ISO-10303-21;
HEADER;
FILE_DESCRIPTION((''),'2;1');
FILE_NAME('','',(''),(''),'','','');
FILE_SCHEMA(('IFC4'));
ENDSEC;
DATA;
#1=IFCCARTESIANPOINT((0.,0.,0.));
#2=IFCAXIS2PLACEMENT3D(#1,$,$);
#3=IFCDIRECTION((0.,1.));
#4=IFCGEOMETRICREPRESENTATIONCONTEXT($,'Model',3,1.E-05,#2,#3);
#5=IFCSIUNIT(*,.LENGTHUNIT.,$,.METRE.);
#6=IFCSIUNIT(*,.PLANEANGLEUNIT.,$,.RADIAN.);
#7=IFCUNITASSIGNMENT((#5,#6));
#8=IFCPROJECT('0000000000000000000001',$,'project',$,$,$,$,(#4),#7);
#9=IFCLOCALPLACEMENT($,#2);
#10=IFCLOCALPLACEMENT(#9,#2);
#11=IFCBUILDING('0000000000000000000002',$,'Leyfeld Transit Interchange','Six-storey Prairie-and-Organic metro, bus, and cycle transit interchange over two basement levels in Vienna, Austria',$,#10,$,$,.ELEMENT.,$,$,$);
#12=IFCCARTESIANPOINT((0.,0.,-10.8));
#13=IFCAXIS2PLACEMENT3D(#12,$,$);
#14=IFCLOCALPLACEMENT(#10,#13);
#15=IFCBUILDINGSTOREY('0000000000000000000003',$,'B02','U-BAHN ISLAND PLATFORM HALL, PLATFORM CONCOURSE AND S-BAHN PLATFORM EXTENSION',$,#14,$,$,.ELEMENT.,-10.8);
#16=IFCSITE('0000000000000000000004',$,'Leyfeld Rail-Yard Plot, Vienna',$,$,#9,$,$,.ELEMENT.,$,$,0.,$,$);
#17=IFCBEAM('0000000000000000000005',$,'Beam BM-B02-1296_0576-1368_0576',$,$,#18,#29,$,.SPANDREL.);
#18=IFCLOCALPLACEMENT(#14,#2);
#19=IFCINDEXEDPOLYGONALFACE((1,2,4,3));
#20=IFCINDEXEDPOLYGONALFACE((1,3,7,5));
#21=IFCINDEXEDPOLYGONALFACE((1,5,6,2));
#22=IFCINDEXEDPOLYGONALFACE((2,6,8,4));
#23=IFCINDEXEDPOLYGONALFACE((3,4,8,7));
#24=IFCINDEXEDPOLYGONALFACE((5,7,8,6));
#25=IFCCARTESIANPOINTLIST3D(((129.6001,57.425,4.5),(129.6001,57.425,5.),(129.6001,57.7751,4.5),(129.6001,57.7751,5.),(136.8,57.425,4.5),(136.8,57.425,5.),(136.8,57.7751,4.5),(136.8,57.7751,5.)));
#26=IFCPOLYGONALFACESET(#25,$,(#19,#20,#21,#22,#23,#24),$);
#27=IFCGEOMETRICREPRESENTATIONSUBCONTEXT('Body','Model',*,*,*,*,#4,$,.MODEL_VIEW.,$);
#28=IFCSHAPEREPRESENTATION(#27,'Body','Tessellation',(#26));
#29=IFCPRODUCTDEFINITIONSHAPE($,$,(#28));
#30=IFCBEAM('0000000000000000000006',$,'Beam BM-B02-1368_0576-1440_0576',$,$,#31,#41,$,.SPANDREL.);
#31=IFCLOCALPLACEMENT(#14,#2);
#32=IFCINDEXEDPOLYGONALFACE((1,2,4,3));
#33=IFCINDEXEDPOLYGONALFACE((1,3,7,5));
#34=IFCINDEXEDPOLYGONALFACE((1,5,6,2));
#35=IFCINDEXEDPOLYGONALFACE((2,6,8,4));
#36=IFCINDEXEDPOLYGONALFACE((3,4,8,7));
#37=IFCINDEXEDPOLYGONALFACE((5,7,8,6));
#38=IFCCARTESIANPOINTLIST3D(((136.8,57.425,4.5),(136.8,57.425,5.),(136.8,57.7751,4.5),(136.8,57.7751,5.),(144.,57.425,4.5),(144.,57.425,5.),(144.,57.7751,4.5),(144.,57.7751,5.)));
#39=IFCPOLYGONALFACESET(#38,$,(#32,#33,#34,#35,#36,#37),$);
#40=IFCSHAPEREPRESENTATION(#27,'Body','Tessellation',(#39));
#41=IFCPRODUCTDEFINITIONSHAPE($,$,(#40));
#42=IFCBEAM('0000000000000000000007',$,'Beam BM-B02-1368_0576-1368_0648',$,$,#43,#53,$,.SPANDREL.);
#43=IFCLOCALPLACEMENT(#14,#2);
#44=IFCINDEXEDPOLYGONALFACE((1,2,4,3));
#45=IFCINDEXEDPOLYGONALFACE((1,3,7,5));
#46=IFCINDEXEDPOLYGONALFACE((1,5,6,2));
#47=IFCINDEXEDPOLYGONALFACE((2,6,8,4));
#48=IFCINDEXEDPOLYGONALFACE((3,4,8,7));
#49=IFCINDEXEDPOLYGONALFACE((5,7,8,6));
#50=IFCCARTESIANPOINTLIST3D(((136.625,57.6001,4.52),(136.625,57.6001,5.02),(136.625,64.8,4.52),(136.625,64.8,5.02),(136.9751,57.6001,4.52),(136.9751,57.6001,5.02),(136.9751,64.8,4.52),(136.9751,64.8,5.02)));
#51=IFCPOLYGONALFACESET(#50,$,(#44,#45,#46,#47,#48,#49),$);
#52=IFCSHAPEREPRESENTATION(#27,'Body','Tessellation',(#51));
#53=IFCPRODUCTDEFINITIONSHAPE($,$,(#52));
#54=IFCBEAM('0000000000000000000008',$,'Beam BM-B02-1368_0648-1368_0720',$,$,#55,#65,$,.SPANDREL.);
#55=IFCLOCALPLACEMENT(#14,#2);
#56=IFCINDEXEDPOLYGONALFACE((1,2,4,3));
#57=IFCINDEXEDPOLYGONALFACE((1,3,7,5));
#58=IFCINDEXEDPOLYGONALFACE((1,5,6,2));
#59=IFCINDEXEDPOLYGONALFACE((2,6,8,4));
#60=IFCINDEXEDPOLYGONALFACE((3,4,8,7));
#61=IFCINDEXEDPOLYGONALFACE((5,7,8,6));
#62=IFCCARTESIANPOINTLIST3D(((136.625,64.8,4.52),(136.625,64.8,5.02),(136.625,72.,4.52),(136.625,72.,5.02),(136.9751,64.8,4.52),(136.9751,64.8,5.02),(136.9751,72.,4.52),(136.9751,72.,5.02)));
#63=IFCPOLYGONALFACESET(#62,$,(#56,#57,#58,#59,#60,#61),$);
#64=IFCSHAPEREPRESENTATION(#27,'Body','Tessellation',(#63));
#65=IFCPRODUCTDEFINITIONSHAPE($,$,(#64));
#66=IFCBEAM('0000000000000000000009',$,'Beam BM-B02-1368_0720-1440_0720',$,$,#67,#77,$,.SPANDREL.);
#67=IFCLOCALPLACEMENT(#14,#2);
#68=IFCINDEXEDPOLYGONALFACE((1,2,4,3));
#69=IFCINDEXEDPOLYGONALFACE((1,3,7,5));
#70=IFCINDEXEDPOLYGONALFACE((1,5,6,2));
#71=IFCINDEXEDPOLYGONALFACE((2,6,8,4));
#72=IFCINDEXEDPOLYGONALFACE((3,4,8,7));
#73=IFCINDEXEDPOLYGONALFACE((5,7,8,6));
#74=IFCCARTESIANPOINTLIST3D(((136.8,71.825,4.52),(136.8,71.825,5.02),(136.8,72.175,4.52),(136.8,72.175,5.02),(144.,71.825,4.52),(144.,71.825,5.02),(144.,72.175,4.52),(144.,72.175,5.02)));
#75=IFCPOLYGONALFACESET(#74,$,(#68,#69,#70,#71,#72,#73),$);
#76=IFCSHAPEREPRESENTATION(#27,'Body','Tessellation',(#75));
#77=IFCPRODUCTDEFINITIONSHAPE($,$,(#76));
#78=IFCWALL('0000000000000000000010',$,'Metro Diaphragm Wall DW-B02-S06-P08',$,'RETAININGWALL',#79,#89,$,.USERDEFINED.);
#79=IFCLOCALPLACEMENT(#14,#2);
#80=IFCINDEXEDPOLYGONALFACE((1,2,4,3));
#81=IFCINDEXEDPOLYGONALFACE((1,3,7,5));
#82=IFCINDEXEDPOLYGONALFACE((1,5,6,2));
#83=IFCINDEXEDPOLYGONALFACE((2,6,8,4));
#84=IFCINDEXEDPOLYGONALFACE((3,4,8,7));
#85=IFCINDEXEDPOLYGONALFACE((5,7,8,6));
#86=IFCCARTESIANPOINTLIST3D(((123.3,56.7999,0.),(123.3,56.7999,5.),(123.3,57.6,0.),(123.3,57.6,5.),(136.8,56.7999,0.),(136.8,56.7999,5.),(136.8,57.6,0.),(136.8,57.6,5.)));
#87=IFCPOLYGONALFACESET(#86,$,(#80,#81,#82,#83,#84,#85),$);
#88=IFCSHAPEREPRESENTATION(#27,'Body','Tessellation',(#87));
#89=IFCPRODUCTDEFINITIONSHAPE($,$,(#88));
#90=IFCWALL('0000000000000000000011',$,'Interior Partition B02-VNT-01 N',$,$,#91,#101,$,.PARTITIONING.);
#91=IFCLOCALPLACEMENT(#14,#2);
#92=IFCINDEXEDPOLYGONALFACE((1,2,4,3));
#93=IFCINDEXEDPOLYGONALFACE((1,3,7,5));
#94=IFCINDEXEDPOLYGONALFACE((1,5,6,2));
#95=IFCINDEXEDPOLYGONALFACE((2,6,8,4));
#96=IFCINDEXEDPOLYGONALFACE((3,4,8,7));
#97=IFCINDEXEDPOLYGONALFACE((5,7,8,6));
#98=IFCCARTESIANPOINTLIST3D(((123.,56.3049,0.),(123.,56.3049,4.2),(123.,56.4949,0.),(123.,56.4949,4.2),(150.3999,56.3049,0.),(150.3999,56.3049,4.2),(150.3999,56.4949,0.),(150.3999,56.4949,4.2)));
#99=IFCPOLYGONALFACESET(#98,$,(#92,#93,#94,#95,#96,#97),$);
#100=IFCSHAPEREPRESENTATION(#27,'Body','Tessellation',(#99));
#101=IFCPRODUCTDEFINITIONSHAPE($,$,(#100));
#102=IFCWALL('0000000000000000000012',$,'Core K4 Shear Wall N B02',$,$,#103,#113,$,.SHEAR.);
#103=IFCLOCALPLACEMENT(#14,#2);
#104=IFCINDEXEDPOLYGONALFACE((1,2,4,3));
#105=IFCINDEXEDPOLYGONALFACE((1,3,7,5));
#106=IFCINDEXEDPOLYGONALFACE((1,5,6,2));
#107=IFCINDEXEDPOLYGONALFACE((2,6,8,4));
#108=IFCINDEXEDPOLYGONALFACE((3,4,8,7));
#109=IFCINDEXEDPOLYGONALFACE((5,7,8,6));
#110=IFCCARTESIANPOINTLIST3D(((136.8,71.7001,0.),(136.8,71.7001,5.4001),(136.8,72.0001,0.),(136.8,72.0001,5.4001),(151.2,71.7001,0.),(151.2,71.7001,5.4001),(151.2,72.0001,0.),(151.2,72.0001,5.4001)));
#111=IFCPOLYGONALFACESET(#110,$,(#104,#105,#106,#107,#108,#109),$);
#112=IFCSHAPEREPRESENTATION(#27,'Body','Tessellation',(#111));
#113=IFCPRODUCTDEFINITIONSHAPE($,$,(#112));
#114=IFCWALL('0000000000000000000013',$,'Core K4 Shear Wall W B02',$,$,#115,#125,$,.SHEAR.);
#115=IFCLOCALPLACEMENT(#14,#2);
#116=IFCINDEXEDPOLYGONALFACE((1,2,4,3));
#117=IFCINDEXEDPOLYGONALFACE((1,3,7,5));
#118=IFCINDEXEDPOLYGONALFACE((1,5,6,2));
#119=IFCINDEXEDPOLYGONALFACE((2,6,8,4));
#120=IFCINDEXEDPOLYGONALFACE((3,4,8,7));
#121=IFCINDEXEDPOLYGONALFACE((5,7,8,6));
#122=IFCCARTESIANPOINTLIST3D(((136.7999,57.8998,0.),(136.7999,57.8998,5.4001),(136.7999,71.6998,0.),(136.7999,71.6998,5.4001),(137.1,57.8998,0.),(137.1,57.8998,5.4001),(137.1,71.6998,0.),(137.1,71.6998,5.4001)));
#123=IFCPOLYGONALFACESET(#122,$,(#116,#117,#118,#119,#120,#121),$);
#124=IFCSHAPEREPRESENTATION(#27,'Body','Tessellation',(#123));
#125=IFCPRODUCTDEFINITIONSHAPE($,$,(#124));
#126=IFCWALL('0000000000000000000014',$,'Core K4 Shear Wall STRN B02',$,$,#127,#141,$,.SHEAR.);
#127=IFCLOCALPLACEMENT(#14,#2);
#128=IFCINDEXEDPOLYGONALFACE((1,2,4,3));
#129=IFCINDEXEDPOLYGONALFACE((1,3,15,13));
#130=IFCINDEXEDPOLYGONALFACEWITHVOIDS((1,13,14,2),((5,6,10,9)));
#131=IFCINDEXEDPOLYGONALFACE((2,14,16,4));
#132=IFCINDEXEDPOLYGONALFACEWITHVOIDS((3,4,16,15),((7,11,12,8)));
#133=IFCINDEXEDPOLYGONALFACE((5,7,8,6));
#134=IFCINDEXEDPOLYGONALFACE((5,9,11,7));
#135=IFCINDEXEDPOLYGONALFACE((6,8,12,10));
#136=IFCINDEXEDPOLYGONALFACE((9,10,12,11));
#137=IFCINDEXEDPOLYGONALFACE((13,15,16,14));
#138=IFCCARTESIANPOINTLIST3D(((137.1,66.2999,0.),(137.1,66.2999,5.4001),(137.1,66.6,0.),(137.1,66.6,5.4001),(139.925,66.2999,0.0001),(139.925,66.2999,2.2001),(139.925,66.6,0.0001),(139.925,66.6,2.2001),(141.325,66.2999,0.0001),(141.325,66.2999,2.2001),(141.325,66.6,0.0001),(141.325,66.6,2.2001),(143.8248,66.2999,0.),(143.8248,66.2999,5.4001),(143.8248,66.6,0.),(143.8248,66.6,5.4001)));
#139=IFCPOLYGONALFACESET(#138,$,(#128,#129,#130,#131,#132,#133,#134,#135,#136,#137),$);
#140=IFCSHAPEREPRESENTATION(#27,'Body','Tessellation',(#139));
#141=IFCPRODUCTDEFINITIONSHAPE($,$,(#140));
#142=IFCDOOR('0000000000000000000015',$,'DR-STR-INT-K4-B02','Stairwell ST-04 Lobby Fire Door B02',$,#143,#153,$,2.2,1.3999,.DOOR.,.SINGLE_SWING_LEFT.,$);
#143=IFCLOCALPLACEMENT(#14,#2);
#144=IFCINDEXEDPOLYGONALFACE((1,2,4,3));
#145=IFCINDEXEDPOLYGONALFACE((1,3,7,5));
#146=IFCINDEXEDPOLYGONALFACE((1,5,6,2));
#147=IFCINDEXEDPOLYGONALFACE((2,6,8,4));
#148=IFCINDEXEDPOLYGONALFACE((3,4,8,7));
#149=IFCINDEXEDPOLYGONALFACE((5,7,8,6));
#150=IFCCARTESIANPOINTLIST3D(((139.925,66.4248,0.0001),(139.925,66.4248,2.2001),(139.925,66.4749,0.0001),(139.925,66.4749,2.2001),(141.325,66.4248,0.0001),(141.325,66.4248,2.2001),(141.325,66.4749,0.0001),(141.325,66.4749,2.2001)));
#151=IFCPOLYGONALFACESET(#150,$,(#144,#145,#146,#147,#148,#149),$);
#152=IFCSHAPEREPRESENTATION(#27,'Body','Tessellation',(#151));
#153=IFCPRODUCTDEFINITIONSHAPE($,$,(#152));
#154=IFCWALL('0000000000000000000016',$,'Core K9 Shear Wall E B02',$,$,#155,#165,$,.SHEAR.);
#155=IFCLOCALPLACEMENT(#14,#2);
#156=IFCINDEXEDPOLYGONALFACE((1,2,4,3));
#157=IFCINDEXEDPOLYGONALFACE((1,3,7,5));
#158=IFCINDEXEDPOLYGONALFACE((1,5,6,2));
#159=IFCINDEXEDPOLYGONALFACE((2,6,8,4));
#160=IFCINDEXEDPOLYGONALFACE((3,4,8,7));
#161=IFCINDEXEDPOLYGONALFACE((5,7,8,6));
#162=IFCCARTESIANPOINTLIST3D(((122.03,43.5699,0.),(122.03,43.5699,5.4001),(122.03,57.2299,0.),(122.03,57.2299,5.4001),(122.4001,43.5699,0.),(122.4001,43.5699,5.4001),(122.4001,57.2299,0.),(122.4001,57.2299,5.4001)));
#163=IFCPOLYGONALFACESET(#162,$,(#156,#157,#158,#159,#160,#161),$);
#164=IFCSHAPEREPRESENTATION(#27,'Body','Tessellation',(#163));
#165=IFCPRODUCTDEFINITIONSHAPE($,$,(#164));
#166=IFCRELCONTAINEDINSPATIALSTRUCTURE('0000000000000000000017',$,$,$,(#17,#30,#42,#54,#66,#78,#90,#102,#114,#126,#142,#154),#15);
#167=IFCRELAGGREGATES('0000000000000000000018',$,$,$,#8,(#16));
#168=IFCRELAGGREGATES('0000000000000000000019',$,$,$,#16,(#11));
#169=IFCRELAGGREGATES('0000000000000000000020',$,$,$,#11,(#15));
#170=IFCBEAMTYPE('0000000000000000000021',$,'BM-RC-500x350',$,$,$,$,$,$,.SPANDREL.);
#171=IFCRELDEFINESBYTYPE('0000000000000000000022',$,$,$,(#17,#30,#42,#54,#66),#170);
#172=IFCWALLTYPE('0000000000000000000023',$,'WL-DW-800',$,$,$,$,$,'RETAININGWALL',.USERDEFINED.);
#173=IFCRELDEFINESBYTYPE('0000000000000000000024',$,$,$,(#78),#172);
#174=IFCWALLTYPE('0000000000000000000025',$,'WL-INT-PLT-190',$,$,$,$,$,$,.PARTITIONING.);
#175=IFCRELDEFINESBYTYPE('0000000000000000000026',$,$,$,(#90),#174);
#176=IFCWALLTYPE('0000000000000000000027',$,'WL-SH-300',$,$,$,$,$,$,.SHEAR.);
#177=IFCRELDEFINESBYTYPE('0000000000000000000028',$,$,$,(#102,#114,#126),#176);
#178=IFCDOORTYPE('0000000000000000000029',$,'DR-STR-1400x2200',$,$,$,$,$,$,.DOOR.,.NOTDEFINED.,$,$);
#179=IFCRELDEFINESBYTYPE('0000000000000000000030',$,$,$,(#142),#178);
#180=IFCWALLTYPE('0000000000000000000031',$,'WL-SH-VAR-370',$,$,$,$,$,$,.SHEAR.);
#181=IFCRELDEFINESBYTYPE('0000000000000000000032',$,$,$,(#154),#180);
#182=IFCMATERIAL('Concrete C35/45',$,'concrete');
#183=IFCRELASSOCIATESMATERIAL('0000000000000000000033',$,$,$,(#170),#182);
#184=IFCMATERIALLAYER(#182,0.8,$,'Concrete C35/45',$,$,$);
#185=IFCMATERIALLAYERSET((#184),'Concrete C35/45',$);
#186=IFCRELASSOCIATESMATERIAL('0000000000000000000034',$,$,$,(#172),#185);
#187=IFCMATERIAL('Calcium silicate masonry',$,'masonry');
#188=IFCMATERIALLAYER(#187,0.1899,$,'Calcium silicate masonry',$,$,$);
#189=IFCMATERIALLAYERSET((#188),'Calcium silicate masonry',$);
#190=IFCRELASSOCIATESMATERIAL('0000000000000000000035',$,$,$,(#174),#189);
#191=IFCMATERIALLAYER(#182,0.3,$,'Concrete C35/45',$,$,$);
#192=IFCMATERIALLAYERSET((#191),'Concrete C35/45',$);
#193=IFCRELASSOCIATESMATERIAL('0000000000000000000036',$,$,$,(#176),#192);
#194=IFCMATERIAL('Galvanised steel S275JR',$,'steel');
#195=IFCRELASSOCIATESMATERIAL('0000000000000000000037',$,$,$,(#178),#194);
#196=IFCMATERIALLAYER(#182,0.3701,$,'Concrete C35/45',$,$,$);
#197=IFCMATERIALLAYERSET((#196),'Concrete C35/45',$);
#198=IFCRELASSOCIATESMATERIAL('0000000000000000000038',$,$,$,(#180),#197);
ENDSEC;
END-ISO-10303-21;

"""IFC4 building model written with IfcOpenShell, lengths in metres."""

from ifc_helpers import new_model, si_unit, direction, frame, frame_2d, origin, origin_2d, place, context, subcontext, project, spatial, rectangle, extrude, material, layer, layer_set, material_profile, profile_set, type_object, element, fill, save


model = new_model("IFC4")

# Units and contexts
model_context = context("Model", 3, precision=1e-05, world=origin(), true_north=direction((0.0, 1.0)))
body_context = subcontext(model_context, "Body", "Model", "MODEL_VIEW")
ifc_project = project(units=[si_unit("LENGTHUNIT", "METRE"), si_unit("PLANEANGLEUNIT", "RADIAN")], contexts=[model_context])

# Site, building, storey
site_placement = place(None, origin())
site = spatial("IfcSite", under=ifc_project, at=site_placement, Name="Leyfeld Rail-Yard Plot, Vienna", CompositionType="ELEMENT", RefElevation=0.0)
building_placement = place(site_placement, origin())
building = spatial("IfcBuilding", under=site, at=building_placement, Name="Leyfeld Transit Interchange", Description="Six-storey Prairie-and-Organic metro, bus, and cycle transit interchange over two basement levels in Vienna, Austria", CompositionType="ELEMENT")
storey_placement = place(building_placement, frame((0.0, 0.0, -10.8)))
storey = spatial("IfcBuildingStorey", under=building, at=storey_placement, Name="B02", Description="U-BAHN ISLAND PLATFORM HALL, PLATFORM CONCOURSE AND S-BAHN PLATFORM EXTENSION", CompositionType="ELEMENT", Elevation=-10.8)

# Shared definitions
ifc_material_1 = material(Name="Concrete C35/45", Category="concrete")

# Beams
ifc_material_profile_1 = material_profile(ifc_material_1, rectangle(XDim=0.3501, YDim=0.5, at=origin_2d()), Name="RC 500x350")
ifc_profile_set_1 = profile_set([ifc_material_profile_1], Name="Concrete C35/45")
beam_type_1 = type_object("IfcBeamType", Name="BM-RC-500x350", PredefinedType="SPANDREL", material=ifc_profile_set_1)
for number, where, z_axis, x_axis, name in (
    (1, (129.6001, 57.6001, 4.75), (1.0, 0.0, 0.0), (0.0, 1.0, 0.0), "Beam BM-B02-1296_0576-1368_0576"),
    (2, (136.8, 57.6001, 4.75), (1.0, 0.0, 0.0), (0.0, 1.0, 0.0), "Beam BM-B02-1368_0576-1440_0576"),
    (3, (136.8, 57.6001, 4.77), (0.0, 1.0, 0.0), (-1.0, 0.0, 0.0), "Beam BM-B02-1368_0576-1368_0648"),
    (4, (136.8, 64.8, 4.77), (0.0, 1.0, 0.0), (-1.0, 0.0, 0.0), "Beam BM-B02-1368_0648-1368_0720"),
    (5, (136.8, 72.0, 4.77), (1.0, 0.0, 0.0), (0.0, 1.0, 0.0), "Beam BM-B02-1368_0720-1440_0720"),
):
    element("IfcBeam", number, at=place(storey_placement, frame(where, z_axis=z_axis, x_axis=x_axis)), inside=storey, type_object=beam_type_1, Name=name, PredefinedType="SPANDREL", context=body_context, shape_type="SweptSolid", body=[
        extrude(rectangle(XDim=0.3501, YDim=0.5, at=origin_2d()), origin(), (0.0, 0.0, 1.0), 7.2),
    ])

# Walls
ifc_layer_1 = layer(ifc_material_1, 0.8, Name="Concrete C35/45")
ifc_layer_set_1 = layer_set([ifc_layer_1], Name="Concrete C35/45")
wall_type_1 = type_object("IfcWallType", Name="WL-DW-800", ElementType="RETAININGWALL", PredefinedType="USERDEFINED", material=ifc_layer_set_1)
wall_1_placement = place(storey_placement, frame((123.3, 57.2, 0.0), z_axis=(0.0, 0.0, 1.0), x_axis=(1.0, 0.0, 0.0)))
element("IfcWall", 6, at=wall_1_placement, inside=storey, type_object=wall_type_1, Name="Metro Diaphragm Wall DW-B02-S06-P08", ObjectType="RETAININGWALL", PredefinedType="USERDEFINED", context=body_context, shape_type="SweptSolid", body=[
    extrude(rectangle(XDim=13.5, YDim=0.8, at=frame_2d((6.75, 0.0))), origin(), (0.0, 0.0, 1.0), 5.0),
])
ifc_material_2 = material(Name="Calcium silicate masonry", Category="masonry")
ifc_layer_2 = layer(ifc_material_2, 0.1899, Name="Calcium silicate masonry")
ifc_layer_set_2 = layer_set([ifc_layer_2], Name="Calcium silicate masonry")
wall_type_2 = type_object("IfcWallType", Name="WL-INT-PLT-190", PredefinedType="PARTITIONING", material=ifc_layer_set_2)
wall_2_placement = place(storey_placement, frame((123.0, 56.3999, 0.0), z_axis=(0.0, 0.0, 1.0), x_axis=(1.0, 0.0, 0.0)))
element("IfcWall", 7, at=wall_2_placement, inside=storey, type_object=wall_type_2, Name="Interior Partition B02-VNT-01 N", PredefinedType="PARTITIONING", context=body_context, shape_type="SweptSolid", body=[
    extrude(rectangle(XDim=27.3999, YDim=0.1899, at=frame_2d((13.7, 0.0))), origin(), (0.0, 0.0, 1.0), 4.2),
])
ifc_layer_3 = layer(ifc_material_1, 0.3, Name="Concrete C35/45")
ifc_layer_set_3 = layer_set([ifc_layer_3], Name="Concrete C35/45")
wall_type_3 = type_object("IfcWallType", Name="WL-SH-300", PredefinedType="SHEAR", material=ifc_layer_set_3)
wall_3_placement = place(storey_placement, frame((136.8, 71.8501, 0.0), z_axis=(0.0, 0.0, 1.0), x_axis=(1.0, 0.0, 0.0)))
element("IfcWall", 8, at=wall_3_placement, inside=storey, type_object=wall_type_3, Name="Core K4 Shear Wall N B02", PredefinedType="SHEAR", context=body_context, shape_type="SweptSolid", body=[
    extrude(rectangle(XDim=14.3999, YDim=0.3, at=frame_2d((7.2, 0.0))), origin(), (0.0, 0.0, 1.0), 5.4001),
])
wall_4_placement = place(storey_placement, frame((136.95, 57.8999, 0.0), z_axis=(0.0, 0.0, 1.0), x_axis=(0.0, 1.0, 0.0)))
element("IfcWall", 9, at=wall_4_placement, inside=storey, type_object=wall_type_3, Name="Core K4 Shear Wall W B02", PredefinedType="SHEAR", context=body_context, shape_type="SweptSolid", body=[
    extrude(rectangle(XDim=13.8, YDim=0.3, at=frame_2d((6.8999, 0.0))), origin(), (0.0, 0.0, 1.0), 5.4001),
])

# Wall, opening, door
wall_5_placement = place(storey_placement, frame((137.1001, 66.45, 0.0), z_axis=(0.0, 0.0, 1.0), x_axis=(1.0, 0.0, 0.0)))
wall_5 = element("IfcWall", 10, at=wall_5_placement, inside=storey, type_object=wall_type_3, Name="Core K4 Shear Wall STRN B02", PredefinedType="SHEAR", context=body_context, shape_type="SweptSolid", body=[
    extrude(rectangle(XDim=6.7249, YDim=0.3, at=frame_2d((3.3623, 0.0))), origin(), (0.0, 0.0, 1.0), 5.4001),
])
opening_placement = place(wall_5_placement, frame((2.825, 0.0, 0.0)))
opening = element("IfcOpeningElement", 11, at=opening_placement, cuts=wall_5, PredefinedType="OPENING", context=body_context, shape_type="SweptSolid", body=[
    extrude(rectangle(XDim=1.3999, YDim=2.2, at=frame_2d((0.7, 1.1001))), frame((0.0, 0.1599, 0.0), z_axis=(0.0, -1.0, 0.0), x_axis=(1.0, 0.0, 0.0)), (0.0, 0.0, 1.0), 0.3201),
])
ifc_material_3 = material(Name="Galvanised steel S275JR", Category="steel")
door_type = type_object("IfcDoorType", Name="DR-STR-1400x2200", OperationType="NOTDEFINED", PredefinedType="DOOR", material=ifc_material_3)
door_placement = place(opening_placement, origin())
door = element("IfcDoor", 12, at=door_placement, inside=storey, type_object=door_type, Name="DR-STR-INT-K4-B02", Description="Stairwell ST-04 Lobby Fire Door B02", OperationType="SINGLE_SWING_LEFT", OverallHeight=2.2, OverallWidth=1.3999, PredefinedType="DOOR", context=body_context, shape_type="SweptSolid", body=[
    extrude(rectangle(XDim=1.3999, YDim=2.2, at=frame_2d((0.7, 1.1001))), frame((0.0, 0.0249, 0.0), z_axis=(0.0, -1.0, 0.0), x_axis=(1.0, 0.0, 0.0)), (0.0, 0.0, 1.0), 0.05),
])
fill(opening, door)

# Wall
ifc_layer_4 = layer(ifc_material_1, 0.3701, Name="Concrete C35/45")
ifc_layer_set_4 = layer_set([ifc_layer_4], Name="Concrete C35/45")
wall_type_4 = type_object("IfcWallType", Name="WL-SH-VAR-370", PredefinedType="SHEAR", material=ifc_layer_set_4)
wall_6_placement = place(storey_placement, frame((122.2151, 57.23, 0.0), z_axis=(0.0, 0.0, 1.0), x_axis=(0.0, -1.0, 0.0)))
element("IfcWall", 13, at=wall_6_placement, inside=storey, type_object=wall_type_4, Name="Core K9 Shear Wall E B02", PredefinedType="SHEAR", context=body_context, shape_type="SweptSolid", body=[
    extrude(rectangle(XDim=13.6599, YDim=0.3701, at=frame_2d((6.8301, 0.0))), origin(), (0.0, 0.0, 1.0), 5.4001),
])

save(model, "model.ifc")
